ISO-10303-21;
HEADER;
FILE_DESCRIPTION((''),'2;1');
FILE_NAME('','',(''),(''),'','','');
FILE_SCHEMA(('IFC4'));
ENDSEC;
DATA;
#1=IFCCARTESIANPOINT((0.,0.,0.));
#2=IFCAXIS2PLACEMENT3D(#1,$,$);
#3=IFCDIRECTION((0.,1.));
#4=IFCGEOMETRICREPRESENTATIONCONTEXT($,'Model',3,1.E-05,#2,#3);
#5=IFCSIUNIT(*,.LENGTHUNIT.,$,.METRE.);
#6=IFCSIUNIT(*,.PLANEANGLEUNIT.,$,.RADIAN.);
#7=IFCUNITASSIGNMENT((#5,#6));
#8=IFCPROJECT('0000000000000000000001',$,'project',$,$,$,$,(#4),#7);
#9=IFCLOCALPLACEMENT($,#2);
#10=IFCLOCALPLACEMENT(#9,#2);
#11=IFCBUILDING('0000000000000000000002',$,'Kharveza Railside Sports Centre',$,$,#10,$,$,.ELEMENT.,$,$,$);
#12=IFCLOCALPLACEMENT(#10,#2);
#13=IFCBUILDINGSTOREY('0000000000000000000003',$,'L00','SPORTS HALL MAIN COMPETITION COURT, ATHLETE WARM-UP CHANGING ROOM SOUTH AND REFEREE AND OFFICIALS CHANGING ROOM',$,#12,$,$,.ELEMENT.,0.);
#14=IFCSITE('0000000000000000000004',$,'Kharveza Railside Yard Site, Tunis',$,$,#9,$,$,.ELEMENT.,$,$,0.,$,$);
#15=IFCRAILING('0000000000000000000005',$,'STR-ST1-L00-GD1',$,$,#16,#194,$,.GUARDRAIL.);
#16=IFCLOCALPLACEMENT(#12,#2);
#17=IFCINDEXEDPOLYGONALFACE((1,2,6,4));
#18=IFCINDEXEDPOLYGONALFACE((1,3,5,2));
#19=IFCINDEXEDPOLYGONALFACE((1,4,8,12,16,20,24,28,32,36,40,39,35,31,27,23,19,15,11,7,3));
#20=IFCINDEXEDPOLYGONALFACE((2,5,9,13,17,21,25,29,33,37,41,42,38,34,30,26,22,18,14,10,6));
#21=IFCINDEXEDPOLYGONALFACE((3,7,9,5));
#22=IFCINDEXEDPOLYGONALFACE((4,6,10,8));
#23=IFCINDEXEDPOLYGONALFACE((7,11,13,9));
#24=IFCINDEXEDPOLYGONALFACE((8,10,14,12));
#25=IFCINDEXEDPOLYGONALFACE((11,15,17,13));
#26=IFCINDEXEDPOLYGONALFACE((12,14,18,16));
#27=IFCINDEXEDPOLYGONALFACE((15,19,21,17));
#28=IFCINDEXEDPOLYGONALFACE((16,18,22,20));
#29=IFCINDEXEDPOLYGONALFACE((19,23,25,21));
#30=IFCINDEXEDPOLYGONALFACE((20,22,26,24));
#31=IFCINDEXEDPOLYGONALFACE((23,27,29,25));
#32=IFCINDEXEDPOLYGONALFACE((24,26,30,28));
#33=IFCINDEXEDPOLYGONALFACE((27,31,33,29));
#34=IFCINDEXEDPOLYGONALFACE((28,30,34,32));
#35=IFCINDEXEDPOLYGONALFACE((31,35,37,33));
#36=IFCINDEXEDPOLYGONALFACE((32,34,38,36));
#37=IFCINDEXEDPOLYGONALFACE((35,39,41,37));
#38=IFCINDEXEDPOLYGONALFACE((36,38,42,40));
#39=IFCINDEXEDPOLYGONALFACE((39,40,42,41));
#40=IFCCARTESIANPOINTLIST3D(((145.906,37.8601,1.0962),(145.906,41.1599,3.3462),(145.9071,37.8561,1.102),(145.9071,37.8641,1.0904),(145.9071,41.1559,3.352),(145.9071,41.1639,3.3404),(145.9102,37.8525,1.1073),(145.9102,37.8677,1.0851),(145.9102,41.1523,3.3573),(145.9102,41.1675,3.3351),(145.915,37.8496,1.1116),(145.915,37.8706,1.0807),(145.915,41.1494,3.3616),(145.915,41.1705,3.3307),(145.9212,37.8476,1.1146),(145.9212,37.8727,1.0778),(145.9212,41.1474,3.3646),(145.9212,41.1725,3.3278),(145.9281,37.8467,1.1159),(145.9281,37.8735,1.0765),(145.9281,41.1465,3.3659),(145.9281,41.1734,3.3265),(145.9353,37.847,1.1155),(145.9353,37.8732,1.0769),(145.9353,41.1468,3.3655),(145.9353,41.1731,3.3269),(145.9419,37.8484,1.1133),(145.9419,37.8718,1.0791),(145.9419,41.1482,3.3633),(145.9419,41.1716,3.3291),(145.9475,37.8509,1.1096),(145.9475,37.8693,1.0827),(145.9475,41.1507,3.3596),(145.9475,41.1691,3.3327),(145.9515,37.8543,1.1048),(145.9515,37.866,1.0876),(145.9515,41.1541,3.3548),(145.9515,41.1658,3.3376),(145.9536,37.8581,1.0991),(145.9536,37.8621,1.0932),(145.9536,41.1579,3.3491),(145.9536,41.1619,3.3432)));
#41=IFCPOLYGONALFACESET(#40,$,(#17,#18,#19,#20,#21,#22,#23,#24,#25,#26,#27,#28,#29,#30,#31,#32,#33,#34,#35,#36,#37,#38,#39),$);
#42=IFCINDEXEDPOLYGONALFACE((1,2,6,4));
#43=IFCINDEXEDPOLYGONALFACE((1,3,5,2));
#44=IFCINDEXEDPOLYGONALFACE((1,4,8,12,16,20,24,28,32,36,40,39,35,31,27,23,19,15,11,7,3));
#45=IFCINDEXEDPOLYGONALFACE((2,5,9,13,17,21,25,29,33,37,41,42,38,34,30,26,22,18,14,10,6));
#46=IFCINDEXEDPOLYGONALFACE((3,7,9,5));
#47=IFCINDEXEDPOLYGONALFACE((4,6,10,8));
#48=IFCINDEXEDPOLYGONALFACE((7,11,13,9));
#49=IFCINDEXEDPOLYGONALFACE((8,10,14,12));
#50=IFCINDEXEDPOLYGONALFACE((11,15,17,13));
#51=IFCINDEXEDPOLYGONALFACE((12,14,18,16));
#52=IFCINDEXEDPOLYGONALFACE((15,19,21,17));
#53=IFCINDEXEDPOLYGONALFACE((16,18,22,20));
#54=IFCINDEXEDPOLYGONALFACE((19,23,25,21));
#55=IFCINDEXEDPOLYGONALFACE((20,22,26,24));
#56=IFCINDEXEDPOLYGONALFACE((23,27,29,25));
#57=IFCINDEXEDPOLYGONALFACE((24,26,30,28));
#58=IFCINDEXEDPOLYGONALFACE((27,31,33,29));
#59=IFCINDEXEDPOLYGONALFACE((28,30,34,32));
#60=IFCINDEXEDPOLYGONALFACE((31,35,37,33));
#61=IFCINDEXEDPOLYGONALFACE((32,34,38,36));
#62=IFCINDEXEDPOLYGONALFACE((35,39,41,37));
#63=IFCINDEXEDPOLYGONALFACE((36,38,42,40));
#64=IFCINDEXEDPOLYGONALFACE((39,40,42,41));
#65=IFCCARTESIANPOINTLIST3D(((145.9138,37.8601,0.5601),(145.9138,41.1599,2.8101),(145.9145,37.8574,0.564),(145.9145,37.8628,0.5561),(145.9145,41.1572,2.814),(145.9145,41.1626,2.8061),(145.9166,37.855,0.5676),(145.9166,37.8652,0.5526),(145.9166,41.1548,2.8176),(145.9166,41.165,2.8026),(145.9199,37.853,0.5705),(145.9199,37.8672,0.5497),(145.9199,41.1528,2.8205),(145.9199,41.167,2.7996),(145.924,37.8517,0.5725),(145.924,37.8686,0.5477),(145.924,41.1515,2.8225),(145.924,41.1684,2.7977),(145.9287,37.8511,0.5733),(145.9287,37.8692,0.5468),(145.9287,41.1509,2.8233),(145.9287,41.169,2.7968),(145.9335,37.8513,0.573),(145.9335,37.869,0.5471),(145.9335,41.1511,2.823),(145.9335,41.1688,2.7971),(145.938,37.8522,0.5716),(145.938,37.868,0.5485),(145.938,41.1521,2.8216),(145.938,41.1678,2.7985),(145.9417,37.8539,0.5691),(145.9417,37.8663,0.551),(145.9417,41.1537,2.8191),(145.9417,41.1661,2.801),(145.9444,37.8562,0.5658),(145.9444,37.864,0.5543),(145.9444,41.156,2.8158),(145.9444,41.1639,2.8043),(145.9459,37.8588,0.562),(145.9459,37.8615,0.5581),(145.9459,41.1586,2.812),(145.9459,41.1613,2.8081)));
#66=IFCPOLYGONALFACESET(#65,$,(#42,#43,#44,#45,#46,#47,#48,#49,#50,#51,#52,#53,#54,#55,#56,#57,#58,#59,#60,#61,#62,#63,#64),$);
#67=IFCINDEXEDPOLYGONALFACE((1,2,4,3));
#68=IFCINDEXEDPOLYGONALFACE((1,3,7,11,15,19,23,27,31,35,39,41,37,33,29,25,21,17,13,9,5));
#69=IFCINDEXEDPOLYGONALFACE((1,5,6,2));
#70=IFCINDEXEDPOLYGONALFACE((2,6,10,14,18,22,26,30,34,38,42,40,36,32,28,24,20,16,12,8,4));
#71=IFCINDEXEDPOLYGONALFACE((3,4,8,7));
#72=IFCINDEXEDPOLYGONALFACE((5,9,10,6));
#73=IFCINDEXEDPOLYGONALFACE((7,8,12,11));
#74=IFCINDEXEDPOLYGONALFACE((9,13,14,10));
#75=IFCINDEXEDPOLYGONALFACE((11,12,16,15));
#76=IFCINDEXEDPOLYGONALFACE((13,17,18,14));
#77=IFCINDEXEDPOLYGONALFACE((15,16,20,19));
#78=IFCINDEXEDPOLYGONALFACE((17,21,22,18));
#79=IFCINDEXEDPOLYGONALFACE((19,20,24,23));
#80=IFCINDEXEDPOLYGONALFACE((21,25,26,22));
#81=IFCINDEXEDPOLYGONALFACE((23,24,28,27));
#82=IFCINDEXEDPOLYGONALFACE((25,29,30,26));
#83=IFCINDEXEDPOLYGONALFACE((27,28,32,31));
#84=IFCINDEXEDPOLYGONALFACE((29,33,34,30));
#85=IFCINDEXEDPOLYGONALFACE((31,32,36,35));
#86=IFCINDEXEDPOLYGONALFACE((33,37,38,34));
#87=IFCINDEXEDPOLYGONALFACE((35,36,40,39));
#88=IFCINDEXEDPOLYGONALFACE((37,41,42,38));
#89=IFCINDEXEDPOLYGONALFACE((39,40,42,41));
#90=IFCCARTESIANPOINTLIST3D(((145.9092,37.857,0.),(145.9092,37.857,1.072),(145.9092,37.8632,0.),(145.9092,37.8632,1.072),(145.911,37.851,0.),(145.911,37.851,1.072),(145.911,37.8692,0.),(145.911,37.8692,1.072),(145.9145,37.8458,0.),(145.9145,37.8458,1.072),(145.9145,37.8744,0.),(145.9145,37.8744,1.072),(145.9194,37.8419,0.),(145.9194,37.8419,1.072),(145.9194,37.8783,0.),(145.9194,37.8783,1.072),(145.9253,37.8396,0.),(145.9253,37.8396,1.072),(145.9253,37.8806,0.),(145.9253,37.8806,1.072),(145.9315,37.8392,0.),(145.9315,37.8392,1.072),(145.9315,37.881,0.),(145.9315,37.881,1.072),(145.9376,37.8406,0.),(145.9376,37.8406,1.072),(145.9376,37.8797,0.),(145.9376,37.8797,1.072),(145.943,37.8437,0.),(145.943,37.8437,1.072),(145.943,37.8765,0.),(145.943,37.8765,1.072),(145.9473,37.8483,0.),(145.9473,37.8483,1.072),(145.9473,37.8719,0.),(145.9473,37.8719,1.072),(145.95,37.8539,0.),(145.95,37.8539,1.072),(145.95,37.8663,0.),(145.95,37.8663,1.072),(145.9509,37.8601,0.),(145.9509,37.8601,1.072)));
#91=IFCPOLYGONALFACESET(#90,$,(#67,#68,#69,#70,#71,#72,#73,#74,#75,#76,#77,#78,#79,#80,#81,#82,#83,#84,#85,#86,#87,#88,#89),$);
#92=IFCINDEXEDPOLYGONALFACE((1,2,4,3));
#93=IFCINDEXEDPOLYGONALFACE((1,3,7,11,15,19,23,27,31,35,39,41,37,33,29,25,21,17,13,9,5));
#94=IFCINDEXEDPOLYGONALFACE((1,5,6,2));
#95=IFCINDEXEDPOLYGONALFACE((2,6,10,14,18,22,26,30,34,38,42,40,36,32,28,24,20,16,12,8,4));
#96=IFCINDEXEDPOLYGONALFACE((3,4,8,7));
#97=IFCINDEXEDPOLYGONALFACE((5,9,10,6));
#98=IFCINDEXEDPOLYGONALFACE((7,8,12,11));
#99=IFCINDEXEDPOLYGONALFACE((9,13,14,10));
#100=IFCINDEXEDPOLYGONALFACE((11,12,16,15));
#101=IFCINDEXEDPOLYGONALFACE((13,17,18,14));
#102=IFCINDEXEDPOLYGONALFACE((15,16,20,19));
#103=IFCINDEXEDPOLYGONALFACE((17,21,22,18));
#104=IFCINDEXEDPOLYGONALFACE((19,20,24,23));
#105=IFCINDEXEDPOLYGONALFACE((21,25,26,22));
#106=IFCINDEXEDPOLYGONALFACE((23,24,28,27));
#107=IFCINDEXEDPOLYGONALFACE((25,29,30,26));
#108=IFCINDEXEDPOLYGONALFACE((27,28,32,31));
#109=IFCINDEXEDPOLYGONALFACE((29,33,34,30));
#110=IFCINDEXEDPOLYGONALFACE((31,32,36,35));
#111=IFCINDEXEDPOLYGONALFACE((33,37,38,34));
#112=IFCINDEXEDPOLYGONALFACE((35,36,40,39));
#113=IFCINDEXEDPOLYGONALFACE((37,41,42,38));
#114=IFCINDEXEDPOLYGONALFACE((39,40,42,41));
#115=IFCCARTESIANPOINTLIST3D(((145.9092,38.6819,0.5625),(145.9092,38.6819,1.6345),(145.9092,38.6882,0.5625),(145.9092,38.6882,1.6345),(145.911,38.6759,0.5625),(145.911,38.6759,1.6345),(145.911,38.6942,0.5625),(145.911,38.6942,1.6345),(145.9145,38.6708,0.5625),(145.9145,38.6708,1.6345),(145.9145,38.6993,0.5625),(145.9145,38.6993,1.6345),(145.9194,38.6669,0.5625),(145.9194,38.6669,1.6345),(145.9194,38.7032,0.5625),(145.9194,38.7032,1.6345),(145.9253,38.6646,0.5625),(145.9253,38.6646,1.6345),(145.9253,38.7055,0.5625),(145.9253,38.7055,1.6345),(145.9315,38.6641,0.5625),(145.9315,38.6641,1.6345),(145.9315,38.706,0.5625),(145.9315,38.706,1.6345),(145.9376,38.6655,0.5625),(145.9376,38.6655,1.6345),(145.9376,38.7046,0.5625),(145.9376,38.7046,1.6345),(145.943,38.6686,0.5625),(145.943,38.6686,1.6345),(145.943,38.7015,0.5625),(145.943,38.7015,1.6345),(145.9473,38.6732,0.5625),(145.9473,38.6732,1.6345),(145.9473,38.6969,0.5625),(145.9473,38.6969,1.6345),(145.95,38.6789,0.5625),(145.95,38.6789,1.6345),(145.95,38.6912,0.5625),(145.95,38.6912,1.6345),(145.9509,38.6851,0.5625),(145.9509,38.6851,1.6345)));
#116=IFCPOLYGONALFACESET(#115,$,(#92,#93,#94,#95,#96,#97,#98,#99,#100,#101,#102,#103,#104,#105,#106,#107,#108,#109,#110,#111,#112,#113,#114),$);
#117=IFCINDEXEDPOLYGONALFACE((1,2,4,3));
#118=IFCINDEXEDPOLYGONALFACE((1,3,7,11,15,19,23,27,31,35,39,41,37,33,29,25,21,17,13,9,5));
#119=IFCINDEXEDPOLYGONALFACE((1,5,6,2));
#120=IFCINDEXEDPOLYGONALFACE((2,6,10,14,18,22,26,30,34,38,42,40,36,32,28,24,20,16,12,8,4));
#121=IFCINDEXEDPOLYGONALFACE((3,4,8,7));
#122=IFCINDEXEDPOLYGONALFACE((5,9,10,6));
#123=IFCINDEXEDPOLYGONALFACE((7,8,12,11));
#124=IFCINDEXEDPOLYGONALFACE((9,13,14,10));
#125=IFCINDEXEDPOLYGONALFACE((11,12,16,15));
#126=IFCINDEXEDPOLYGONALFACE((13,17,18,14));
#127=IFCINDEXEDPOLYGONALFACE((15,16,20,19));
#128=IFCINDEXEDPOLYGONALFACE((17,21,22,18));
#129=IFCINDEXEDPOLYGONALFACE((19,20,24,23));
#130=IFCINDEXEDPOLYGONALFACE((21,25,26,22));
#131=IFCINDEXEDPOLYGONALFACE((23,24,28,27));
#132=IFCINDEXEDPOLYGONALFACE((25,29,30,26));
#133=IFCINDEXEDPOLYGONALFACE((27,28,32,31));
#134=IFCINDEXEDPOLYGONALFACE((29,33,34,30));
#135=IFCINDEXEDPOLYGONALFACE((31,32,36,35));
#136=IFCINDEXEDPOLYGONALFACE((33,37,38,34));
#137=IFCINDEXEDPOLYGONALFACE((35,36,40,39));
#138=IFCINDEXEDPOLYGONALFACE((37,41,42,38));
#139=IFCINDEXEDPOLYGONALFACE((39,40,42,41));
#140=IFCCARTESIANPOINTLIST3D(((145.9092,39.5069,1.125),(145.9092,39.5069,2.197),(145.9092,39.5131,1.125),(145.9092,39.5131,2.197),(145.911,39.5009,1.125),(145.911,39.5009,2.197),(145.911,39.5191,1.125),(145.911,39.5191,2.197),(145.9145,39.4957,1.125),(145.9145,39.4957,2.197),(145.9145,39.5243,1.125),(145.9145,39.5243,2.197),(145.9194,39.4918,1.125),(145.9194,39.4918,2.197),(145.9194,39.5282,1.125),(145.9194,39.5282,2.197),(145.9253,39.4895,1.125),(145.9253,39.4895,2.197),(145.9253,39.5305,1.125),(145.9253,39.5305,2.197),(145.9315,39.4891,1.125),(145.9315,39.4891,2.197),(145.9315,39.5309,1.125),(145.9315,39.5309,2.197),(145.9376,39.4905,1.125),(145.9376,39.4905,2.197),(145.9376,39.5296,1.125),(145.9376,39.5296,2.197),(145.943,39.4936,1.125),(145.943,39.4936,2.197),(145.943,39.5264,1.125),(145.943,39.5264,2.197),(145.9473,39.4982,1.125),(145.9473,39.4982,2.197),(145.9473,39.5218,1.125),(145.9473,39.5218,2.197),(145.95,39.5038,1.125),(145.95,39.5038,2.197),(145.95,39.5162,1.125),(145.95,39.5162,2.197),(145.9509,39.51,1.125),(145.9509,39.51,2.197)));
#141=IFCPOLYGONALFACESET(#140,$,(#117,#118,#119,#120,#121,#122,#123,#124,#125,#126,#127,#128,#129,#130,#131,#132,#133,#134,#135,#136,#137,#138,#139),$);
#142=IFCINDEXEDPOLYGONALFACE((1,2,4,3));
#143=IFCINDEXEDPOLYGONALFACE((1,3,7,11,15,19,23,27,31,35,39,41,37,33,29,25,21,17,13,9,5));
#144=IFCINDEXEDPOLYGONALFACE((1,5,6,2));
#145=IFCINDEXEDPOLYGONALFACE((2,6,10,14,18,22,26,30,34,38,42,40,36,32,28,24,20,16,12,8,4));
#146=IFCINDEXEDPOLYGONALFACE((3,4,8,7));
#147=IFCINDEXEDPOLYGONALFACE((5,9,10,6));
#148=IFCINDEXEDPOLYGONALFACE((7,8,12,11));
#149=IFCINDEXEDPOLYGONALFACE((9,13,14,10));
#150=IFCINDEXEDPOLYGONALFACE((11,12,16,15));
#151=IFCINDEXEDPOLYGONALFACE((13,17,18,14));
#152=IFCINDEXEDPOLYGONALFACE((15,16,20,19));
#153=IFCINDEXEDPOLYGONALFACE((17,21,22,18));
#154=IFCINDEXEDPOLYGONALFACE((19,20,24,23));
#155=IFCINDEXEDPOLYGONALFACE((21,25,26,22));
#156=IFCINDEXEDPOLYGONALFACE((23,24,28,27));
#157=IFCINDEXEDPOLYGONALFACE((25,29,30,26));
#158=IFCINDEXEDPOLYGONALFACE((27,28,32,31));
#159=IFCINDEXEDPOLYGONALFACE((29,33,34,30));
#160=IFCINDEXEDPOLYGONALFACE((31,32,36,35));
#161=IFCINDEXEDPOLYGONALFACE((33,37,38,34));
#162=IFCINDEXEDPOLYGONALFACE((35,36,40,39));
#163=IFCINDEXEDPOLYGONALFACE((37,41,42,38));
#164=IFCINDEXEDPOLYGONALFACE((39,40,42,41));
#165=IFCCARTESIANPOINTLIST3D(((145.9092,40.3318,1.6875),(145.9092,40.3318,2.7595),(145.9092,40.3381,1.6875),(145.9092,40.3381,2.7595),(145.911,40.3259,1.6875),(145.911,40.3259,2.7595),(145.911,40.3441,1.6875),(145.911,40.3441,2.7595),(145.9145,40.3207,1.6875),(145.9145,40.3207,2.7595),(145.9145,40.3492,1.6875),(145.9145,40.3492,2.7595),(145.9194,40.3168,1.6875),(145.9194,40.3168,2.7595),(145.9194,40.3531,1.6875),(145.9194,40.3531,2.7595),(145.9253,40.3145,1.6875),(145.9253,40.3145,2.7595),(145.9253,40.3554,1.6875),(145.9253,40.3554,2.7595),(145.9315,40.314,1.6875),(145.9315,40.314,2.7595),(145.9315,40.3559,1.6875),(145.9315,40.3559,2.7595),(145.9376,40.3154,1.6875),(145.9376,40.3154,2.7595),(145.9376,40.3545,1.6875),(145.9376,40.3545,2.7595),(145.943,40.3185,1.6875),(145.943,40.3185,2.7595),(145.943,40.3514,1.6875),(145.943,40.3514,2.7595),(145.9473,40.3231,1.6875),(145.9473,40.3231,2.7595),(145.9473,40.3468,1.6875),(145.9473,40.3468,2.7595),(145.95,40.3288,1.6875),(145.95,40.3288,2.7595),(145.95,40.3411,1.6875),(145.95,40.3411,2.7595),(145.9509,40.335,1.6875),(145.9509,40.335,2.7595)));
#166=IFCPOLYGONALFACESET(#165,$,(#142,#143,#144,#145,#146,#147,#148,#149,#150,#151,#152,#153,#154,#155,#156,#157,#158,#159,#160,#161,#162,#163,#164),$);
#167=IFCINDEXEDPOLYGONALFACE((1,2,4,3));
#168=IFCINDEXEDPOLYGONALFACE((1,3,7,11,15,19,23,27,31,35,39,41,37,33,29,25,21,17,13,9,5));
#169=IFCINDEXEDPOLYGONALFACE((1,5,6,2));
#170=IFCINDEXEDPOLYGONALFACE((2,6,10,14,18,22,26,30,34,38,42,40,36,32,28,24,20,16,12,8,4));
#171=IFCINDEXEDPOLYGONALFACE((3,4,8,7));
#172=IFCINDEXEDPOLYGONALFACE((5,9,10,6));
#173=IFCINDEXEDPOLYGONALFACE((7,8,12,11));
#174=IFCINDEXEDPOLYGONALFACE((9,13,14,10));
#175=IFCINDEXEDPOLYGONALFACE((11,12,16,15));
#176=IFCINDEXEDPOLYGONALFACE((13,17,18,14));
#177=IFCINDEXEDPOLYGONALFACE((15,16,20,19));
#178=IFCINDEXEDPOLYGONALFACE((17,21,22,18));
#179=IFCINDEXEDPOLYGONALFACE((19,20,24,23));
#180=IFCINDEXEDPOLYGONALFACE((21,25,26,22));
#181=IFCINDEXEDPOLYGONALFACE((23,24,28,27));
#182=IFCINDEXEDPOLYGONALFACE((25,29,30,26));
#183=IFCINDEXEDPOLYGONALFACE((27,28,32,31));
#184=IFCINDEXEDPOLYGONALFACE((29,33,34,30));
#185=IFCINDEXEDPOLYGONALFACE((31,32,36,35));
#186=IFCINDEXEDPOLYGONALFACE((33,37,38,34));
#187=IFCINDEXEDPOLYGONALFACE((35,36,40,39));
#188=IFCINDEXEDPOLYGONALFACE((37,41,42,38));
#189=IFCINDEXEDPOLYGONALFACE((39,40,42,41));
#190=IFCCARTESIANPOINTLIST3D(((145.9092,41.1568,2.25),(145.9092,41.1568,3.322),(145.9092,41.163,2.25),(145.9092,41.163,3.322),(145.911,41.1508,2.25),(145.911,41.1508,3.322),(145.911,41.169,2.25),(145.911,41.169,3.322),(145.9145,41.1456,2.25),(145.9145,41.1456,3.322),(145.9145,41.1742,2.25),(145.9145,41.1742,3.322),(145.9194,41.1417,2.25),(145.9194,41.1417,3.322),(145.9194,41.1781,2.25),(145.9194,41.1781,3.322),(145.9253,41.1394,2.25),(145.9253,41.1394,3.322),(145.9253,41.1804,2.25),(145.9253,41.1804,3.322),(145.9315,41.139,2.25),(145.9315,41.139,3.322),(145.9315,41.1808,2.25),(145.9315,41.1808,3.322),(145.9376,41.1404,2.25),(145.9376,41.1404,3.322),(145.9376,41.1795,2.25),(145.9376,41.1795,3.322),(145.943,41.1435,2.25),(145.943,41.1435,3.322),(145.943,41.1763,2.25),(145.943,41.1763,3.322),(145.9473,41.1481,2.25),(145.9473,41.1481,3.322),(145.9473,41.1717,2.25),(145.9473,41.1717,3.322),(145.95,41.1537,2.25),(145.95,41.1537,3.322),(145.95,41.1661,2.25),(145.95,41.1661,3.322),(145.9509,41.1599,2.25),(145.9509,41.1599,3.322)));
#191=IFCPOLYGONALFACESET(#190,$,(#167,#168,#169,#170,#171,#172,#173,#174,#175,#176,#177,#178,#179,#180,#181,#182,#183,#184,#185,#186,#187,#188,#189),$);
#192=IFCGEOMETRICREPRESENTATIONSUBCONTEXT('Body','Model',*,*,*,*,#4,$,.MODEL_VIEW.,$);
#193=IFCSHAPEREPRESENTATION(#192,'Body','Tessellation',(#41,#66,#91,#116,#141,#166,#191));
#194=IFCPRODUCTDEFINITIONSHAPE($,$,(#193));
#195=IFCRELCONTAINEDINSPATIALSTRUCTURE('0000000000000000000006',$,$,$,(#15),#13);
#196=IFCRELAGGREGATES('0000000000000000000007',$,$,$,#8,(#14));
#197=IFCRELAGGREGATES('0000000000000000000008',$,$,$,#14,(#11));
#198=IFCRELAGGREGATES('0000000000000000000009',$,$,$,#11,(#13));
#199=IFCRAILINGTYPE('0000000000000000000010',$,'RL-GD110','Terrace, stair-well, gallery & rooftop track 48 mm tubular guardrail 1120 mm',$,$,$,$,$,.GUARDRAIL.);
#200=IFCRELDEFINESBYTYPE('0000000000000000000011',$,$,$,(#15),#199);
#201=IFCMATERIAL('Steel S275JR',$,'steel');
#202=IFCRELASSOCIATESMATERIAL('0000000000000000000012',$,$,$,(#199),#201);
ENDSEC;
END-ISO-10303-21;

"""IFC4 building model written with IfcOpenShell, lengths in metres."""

from ifc_helpers import new_model, si_unit, direction, frame, origin, origin_2d, place, context, subcontext, project, spatial, circle, extrude, material, type_object, element, save


model = new_model("IFC4")

# Units and contexts
model_context = context("Model", 3, precision=1e-05, world=origin(), true_north=direction((0.0, 1.0)))
body_context = subcontext(model_context, "Body", "Model", "MODEL_VIEW")
ifc_project = project(units=[si_unit("LENGTHUNIT", "METRE"), si_unit("PLANEANGLEUNIT", "RADIAN")], contexts=[model_context])

# Site, building, storey
site_placement = place(None, origin())
site = spatial("IfcSite", under=ifc_project, at=site_placement, Name="Kharveza Railside Yard Site, Tunis", CompositionType="ELEMENT", RefElevation=0.0)
building_placement = place(site_placement, origin())
building = spatial("IfcBuilding", under=site, at=building_placement, Name="Kharveza Railside Sports Centre", CompositionType="ELEMENT")
storey_placement = place(building_placement, origin())
storey = spatial("IfcBuildingStorey", under=building, at=storey_placement, Name="L00", Description="SPORTS HALL MAIN COMPETITION COURT, ATHLETE WARM-UP CHANGING ROOM SOUTH AND REFEREE AND OFFICIALS CHANGING ROOM", CompositionType="ELEMENT", Elevation=0.0)

# Railing
ifc_material_1 = material(Name="Steel S275JR", Category="steel")
railing_type_1 = type_object("IfcRailingType", Name="RL-GD110", Description="Terrace, stair-well, gallery & rooftop track 48 mm tubular guardrail 1120 mm", PredefinedType="GUARDRAIL", material=ifc_material_1)
railing_1_placement = place(storey_placement, frame((145.9299, 37.8601, 0.0)))
element("IfcRailing", 1, at=railing_1_placement, inside=storey, type_object=railing_type_1, Name="STR-ST1-L00-GD1", PredefinedType="GUARDRAIL", context=body_context, shape_type="SweptSolid", body=[
    extrude(circle(Radius=0.0239, at=origin_2d()), frame((0.0, 0.0, 1.0962), z_axis=(0.0, 0.826212, 0.56336), x_axis=(-1.0, 0.0, 0.0)), (0.0, 0.0, 1.0), 3.9939),
    extrude(circle(Radius=0.0161, at=origin_2d()), frame((0.0, 0.0, 0.5601), z_axis=(0.0, 0.826212, 0.56336), x_axis=(-1.0, 0.0, 0.0)), (0.0, 0.0, 1.0), 3.9939),
    extrude(circle(Radius=0.021, at=origin_2d()), origin(), (0.0, 0.0, 1.0), 1.072),
    extrude(circle(Radius=0.021, at=origin_2d()), frame((0.0, 0.825, 0.5625)), (0.0, 0.0, 1.0), 1.072),
    extrude(circle(Radius=0.021, at=origin_2d()), frame((0.0, 1.6499, 1.125)), (0.0, 0.0, 1.0), 1.072),
    extrude(circle(Radius=0.021, at=origin_2d()), frame((0.0, 2.4749, 1.6875)), (0.0, 0.0, 1.0), 1.072),
    extrude(circle(Radius=0.021, at=origin_2d()), frame((0.0, 3.2998, 2.25)), (0.0, 0.0, 1.0), 1.072),
])

save(model, "model.ifc")
